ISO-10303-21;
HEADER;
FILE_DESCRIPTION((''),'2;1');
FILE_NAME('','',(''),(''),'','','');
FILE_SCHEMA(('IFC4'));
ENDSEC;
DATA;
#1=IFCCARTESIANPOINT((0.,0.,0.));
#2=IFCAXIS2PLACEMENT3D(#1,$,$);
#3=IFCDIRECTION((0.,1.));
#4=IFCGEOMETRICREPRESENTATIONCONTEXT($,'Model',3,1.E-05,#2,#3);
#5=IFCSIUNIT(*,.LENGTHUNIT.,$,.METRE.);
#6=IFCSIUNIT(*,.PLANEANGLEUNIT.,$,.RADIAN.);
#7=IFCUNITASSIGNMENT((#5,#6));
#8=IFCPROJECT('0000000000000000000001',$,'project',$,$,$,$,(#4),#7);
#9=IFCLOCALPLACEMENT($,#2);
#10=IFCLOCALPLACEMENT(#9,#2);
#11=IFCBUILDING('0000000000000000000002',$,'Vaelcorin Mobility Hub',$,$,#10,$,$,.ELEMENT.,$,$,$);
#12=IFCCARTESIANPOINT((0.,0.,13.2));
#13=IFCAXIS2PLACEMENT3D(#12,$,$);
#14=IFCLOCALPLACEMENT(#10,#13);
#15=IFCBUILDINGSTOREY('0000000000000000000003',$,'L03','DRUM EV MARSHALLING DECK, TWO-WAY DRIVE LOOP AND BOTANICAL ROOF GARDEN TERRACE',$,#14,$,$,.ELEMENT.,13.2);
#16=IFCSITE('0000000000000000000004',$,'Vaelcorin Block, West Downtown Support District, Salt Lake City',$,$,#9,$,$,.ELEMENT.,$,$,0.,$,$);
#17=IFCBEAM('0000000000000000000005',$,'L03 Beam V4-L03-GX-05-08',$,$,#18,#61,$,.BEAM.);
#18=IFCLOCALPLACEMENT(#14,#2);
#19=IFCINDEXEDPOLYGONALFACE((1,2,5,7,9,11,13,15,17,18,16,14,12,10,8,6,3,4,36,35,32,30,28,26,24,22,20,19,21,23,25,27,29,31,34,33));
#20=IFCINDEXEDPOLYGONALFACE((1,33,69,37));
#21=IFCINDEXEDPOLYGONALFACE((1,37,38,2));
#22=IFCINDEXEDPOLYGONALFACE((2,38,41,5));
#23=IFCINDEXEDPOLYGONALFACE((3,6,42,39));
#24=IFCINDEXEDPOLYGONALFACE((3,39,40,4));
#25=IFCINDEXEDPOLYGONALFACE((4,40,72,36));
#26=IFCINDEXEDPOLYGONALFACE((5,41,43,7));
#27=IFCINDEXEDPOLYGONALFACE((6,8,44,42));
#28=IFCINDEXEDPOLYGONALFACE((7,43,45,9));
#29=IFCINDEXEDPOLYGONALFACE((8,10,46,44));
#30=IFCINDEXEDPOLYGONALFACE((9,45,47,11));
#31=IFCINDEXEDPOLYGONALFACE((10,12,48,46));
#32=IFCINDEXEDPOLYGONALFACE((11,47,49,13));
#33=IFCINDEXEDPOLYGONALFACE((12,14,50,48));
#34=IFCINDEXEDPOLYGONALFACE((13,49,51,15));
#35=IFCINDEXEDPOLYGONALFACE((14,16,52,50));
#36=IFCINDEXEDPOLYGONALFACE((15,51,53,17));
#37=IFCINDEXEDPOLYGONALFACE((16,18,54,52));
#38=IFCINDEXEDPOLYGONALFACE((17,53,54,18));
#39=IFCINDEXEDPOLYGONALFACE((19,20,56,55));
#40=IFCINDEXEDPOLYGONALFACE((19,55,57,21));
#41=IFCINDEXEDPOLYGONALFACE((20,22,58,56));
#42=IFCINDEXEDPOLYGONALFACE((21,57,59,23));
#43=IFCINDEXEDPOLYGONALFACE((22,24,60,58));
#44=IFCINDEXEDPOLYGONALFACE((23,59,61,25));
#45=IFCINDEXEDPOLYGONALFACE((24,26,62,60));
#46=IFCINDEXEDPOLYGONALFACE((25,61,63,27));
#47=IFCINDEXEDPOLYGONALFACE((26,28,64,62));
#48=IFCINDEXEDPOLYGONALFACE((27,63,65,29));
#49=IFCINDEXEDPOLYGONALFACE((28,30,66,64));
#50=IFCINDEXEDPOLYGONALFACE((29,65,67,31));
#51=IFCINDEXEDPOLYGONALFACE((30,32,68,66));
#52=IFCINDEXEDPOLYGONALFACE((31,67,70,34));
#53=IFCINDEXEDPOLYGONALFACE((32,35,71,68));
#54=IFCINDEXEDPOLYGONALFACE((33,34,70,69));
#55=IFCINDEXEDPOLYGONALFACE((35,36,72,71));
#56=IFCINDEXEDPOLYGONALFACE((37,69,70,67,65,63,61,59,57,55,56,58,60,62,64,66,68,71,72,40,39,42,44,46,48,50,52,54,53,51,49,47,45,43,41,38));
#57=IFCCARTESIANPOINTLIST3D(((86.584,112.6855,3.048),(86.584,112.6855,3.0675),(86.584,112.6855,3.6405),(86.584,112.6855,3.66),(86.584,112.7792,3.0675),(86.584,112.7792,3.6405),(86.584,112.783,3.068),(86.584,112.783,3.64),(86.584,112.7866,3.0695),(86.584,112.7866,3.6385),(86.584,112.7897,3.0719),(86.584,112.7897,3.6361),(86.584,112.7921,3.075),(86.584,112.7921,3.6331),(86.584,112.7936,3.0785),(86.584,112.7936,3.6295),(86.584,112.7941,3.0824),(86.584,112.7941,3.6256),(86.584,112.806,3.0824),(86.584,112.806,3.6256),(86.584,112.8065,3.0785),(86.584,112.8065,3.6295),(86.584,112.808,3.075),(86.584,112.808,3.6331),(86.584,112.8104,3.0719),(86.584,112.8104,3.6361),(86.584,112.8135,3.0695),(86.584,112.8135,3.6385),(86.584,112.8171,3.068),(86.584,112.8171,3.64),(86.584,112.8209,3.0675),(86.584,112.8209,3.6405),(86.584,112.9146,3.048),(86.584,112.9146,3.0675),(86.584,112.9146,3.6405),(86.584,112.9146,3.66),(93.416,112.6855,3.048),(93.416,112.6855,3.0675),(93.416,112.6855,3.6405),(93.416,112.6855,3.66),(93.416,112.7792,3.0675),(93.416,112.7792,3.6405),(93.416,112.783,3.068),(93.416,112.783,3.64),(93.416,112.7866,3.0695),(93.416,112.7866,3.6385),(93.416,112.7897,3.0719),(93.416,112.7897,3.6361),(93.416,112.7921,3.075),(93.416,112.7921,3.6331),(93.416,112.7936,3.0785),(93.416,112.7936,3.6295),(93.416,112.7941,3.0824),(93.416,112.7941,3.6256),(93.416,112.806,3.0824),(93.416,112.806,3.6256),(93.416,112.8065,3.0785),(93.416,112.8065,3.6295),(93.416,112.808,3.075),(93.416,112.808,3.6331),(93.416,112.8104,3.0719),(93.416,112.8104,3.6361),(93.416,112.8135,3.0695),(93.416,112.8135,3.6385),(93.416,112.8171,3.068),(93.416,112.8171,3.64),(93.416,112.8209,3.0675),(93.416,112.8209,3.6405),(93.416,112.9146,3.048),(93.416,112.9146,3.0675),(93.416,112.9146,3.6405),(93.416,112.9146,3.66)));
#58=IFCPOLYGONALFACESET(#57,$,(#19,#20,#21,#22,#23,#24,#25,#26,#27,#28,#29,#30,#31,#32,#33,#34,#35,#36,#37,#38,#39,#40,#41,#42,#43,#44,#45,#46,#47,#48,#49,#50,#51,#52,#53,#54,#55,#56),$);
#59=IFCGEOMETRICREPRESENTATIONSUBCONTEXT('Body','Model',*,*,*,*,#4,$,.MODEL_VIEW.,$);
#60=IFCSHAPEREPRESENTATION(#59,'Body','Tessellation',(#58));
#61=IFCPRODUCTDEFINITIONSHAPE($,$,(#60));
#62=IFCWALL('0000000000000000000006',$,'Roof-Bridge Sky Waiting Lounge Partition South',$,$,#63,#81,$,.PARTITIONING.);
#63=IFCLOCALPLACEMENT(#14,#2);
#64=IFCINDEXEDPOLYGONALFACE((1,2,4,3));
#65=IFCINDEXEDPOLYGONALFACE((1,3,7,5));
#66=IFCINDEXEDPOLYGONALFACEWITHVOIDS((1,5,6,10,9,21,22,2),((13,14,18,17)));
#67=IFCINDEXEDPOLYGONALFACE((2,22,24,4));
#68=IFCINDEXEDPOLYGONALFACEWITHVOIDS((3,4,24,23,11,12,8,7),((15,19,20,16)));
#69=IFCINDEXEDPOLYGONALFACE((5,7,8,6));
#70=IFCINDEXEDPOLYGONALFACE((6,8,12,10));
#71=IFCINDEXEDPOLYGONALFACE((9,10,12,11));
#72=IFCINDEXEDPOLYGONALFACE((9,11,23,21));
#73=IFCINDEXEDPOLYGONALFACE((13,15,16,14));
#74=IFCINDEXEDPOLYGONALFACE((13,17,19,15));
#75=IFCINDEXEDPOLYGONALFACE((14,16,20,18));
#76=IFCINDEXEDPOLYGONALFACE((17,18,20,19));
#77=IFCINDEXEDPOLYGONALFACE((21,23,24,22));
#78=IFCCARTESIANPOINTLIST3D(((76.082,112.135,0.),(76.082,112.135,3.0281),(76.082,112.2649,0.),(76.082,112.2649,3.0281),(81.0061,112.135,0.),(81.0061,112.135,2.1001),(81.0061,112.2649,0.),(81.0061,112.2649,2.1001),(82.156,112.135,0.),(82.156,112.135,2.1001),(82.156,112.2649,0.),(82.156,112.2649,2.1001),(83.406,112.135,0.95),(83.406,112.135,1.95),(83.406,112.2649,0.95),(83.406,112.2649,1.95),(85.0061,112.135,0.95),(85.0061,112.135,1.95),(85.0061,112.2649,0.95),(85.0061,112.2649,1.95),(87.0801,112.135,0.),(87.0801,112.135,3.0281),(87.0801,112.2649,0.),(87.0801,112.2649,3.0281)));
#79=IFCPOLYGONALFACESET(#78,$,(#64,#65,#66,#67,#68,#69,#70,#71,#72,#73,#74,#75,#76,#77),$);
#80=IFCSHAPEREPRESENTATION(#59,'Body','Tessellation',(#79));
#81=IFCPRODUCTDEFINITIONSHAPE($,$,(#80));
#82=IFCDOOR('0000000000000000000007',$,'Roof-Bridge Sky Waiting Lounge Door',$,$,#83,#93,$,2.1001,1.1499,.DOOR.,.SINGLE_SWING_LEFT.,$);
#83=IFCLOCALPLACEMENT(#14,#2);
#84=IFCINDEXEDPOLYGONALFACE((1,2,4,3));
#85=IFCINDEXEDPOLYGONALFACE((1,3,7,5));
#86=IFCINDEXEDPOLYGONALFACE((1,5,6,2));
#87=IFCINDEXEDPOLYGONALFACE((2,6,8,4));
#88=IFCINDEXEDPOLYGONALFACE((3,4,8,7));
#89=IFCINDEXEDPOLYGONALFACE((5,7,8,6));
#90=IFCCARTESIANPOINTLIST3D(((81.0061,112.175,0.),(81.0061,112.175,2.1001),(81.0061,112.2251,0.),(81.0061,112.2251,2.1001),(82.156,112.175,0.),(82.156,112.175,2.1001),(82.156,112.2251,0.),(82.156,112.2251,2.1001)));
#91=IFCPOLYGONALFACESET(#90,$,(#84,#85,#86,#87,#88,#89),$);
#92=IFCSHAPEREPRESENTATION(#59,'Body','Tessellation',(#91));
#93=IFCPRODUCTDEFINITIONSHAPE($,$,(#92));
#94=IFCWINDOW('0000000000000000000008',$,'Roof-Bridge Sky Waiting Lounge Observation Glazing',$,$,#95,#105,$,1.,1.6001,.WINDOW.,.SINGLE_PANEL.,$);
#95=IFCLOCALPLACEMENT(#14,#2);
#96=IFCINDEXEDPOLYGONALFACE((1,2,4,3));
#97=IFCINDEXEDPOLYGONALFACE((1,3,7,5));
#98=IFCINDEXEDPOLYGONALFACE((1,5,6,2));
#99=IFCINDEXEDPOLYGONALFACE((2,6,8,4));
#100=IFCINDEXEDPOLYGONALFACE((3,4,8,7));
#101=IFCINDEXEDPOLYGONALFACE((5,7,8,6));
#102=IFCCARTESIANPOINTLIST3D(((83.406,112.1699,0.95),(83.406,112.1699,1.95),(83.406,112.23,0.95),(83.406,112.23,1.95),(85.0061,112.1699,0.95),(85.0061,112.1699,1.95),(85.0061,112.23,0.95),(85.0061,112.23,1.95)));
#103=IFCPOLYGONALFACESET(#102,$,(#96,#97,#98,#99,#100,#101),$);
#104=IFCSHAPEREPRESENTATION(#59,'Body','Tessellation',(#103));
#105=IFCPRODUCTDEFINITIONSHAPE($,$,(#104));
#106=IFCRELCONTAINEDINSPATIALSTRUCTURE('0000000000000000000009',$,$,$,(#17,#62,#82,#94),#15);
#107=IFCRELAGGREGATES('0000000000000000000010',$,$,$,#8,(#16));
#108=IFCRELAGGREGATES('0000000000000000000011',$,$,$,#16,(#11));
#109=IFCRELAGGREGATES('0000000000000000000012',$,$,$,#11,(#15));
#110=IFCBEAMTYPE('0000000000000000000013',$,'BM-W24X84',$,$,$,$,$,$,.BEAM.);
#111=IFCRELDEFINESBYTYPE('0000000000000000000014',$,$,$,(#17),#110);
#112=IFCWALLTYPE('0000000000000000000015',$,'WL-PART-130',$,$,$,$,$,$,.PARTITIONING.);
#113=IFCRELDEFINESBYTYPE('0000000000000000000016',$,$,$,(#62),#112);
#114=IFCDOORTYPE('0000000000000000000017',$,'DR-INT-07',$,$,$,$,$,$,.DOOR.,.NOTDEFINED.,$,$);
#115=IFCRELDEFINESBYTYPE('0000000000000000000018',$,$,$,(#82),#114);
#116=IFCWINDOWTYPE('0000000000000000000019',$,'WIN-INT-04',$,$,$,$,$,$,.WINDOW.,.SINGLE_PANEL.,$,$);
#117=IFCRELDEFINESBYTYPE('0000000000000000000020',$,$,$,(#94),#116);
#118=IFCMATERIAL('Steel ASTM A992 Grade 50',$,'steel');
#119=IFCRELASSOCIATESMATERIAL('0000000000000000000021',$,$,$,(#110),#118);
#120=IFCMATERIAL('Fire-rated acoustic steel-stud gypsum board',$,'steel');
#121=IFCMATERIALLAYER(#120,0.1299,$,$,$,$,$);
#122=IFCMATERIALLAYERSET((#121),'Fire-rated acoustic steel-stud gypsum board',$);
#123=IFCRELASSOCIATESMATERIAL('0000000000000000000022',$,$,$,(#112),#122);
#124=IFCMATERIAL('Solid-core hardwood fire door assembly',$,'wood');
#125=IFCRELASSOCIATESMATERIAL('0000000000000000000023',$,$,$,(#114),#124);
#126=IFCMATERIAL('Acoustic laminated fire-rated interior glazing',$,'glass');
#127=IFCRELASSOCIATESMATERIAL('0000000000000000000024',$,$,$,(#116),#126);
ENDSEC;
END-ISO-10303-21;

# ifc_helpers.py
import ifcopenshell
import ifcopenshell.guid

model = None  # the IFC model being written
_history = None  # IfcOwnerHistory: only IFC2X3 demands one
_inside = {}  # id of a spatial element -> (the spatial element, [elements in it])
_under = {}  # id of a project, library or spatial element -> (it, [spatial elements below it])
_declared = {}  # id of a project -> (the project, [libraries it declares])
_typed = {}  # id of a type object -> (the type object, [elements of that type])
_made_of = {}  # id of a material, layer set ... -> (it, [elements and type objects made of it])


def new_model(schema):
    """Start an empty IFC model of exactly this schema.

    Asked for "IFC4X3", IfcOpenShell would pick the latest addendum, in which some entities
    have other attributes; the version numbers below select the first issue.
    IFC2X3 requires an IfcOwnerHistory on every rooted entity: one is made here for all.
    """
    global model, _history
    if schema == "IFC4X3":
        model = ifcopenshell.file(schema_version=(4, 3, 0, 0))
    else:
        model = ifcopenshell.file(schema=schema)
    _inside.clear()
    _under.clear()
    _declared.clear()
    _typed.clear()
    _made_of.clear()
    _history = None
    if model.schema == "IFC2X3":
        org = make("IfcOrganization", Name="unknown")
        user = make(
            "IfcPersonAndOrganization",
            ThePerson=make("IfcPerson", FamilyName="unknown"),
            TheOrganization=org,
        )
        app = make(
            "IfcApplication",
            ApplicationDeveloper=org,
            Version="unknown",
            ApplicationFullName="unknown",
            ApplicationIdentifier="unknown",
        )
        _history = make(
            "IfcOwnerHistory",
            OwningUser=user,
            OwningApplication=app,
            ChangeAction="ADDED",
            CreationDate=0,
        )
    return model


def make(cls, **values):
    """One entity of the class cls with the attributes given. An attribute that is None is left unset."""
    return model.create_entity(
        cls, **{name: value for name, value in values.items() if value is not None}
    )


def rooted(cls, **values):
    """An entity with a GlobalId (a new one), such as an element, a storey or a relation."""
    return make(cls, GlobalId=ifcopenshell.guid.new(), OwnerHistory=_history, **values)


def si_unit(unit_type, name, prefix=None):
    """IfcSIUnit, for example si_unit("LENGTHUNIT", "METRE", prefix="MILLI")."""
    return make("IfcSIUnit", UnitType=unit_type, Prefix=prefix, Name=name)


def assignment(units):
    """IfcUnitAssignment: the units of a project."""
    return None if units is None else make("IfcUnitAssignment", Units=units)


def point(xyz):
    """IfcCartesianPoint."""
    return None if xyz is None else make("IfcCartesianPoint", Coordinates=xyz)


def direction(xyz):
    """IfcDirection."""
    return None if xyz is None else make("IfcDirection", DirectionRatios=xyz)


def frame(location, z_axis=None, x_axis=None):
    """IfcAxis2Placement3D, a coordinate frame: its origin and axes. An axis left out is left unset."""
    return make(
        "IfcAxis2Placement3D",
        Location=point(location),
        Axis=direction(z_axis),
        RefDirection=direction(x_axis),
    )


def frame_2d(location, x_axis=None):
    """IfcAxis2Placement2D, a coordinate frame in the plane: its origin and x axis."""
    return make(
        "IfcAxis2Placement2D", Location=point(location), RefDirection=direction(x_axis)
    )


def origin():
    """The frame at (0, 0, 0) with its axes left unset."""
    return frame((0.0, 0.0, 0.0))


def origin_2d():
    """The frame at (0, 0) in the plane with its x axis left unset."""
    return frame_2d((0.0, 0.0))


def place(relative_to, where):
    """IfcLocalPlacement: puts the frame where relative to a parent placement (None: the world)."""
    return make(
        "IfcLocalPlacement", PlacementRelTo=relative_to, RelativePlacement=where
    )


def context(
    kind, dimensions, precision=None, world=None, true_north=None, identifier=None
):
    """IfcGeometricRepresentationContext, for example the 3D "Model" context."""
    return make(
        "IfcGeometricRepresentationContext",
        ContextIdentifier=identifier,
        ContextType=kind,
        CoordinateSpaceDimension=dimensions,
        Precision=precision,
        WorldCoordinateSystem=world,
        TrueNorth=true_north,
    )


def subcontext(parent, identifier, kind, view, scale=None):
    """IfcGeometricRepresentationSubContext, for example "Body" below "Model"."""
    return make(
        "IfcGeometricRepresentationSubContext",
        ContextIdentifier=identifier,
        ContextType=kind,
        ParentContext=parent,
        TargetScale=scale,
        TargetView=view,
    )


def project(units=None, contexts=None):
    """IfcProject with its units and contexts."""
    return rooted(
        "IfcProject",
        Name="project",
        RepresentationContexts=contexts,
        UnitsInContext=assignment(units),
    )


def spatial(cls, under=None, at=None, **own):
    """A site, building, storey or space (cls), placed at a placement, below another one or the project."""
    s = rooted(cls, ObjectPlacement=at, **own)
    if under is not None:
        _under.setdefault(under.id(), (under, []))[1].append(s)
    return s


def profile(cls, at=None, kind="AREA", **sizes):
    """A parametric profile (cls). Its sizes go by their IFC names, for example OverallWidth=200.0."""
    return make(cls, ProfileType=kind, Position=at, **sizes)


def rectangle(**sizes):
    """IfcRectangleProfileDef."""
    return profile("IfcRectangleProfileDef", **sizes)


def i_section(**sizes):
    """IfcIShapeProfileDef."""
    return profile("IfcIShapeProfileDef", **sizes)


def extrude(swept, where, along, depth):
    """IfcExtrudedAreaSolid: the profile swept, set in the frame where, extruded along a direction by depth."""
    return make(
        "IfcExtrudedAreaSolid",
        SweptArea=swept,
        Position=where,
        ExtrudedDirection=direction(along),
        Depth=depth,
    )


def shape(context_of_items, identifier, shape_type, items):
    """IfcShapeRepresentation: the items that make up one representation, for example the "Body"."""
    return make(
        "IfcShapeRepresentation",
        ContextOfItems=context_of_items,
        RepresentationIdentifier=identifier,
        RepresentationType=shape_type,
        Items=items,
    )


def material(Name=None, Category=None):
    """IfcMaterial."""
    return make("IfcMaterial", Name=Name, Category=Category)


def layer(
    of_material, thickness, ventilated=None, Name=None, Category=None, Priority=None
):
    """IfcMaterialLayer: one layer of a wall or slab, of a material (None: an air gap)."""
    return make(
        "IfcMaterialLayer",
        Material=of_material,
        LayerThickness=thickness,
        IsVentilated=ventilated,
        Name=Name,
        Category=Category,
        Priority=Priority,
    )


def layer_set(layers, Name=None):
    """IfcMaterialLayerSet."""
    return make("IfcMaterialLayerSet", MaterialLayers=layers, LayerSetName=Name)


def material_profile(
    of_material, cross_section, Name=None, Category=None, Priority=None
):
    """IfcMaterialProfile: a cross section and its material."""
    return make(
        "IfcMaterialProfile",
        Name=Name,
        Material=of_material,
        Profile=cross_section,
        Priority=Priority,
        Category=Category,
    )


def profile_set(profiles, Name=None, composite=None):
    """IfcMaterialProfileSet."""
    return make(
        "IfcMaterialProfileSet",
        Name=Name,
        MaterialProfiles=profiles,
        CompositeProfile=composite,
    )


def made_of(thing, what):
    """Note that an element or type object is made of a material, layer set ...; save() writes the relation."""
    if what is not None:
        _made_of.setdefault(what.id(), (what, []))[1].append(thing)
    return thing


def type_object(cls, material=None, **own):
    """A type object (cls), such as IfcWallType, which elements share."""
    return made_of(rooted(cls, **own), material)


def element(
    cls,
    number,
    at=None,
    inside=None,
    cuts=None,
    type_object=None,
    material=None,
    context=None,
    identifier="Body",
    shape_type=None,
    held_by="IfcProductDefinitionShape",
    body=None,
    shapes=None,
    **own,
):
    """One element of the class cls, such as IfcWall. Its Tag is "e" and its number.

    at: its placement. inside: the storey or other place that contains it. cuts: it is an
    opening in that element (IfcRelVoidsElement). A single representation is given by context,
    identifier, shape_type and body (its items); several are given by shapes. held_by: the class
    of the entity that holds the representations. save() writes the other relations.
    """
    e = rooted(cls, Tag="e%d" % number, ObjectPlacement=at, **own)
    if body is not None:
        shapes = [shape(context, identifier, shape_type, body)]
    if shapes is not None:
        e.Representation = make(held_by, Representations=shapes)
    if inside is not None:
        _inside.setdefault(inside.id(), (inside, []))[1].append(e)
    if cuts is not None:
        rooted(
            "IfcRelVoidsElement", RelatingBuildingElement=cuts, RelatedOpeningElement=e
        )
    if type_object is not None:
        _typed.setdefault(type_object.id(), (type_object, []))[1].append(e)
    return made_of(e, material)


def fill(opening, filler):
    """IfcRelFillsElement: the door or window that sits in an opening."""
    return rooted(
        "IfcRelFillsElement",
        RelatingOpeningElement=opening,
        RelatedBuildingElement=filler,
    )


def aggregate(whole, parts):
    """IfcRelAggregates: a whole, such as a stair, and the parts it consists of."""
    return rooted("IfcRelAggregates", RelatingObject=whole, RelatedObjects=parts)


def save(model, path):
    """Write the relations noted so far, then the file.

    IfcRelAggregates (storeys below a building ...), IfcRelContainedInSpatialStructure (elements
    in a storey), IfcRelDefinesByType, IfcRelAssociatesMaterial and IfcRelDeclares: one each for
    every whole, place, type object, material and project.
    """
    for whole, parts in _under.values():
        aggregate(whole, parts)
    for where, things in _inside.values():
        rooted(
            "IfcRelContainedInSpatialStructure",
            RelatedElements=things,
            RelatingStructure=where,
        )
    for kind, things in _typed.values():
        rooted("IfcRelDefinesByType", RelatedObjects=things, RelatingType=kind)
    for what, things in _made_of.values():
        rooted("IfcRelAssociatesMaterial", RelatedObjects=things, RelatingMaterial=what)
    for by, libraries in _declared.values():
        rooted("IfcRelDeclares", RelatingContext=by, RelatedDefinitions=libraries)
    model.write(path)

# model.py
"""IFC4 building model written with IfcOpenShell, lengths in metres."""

from ifc_helpers import new_model, si_unit, direction, frame, frame_2d, origin, origin_2d, place, context, subcontext, project, spatial, rectangle, i_section, extrude, material, layer, layer_set, material_profile, profile_set, type_object, element, fill, save


model = new_model("IFC4")

# Units and contexts
model_context = context("Model", 3, precision=1e-05, world=origin(), true_north=direction((0.0, 1.0)))
body_context = subcontext(model_context, "Body", "Model", "MODEL_VIEW")
ifc_project = project(units=[si_unit("LENGTHUNIT", "METRE"), si_unit("PLANEANGLEUNIT", "RADIAN")], contexts=[model_context])

# Site, building, storey
site_placement = place(None, origin())
site = spatial("IfcSite", under=ifc_project, at=site_placement, Name="Vaelcorin Block, West Downtown Support District, Salt Lake City", CompositionType="ELEMENT", RefElevation=0.0)
building_placement = place(site_placement, origin())
building = spatial("IfcBuilding", under=site, at=building_placement, Name="Vaelcorin Mobility Hub", CompositionType="ELEMENT")
storey_placement = place(building_placement, frame((0.0, 0.0, 13.2)))
storey = spatial("IfcBuildingStorey", under=building, at=storey_placement, Name="L03", Description="DRUM EV MARSHALLING DECK, TWO-WAY DRIVE LOOP AND BOTANICAL ROOF GARDEN TERRACE", CompositionType="ELEMENT", Elevation=13.2)

# Shared definitions
ifc_material_1 = material(Name="Steel ASTM A992 Grade 50", Category="steel")

# Beam
ifc_material_profile_1 = material_profile(ifc_material_1, i_section(OverallWidth=0.229, OverallDepth=0.6121, WebThickness=0.012, FlangeThickness=0.0195, FilletRadius=0.0149, at=origin_2d()), Name="W24X84")
ifc_profile_set_1 = profile_set([ifc_material_profile_1], Name="Steel ASTM A992 Grade 50")
beam_type_1 = type_object("IfcBeamType", Name="BM-W24X84", PredefinedType="BEAM", material=ifc_profile_set_1)
for number, where, z_axis, x_axis, name in (
    (1, (86.584, 112.8, 3.354), (1.0, 0.0, 0.0), (0.0, 1.0, 0.0), "L03 Beam V4-L03-GX-05-08"),
):
    element("IfcBeam", number, at=place(storey_placement, frame(where, z_axis=z_axis, x_axis=x_axis)), inside=storey, type_object=beam_type_1, Name=name, PredefinedType="BEAM", context=body_context, shape_type="SweptSolid", body=[
        extrude(i_section(OverallWidth=0.229, OverallDepth=0.6121, WebThickness=0.012, FlangeThickness=0.0195, FilletRadius=0.0149, at=origin_2d()), origin(), (0.0, 0.0, 1.0), 6.832),
    ])

# Wall, openings, door, window
ifc_material_2 = material(Name="Fire-rated acoustic steel-stud gypsum board", Category="steel")
ifc_layer_1 = layer(ifc_material_2, 0.1299)
ifc_layer_set_1 = layer_set([ifc_layer_1], Name="Fire-rated acoustic steel-stud gypsum board")
wall_type = type_object("IfcWallType", Name="WL-PART-130", PredefinedType="PARTITIONING", material=ifc_layer_set_1)
wall_placement = place(storey_placement, frame((87.0801, 112.2, 0.0), z_axis=(0.0, 0.0, 1.0), x_axis=(-1.0, 0.0, 0.0)))
wall = element("IfcWall", 2, at=wall_placement, inside=storey, type_object=wall_type, Name="Roof-Bridge Sky Waiting Lounge Partition South", PredefinedType="PARTITIONING", context=body_context, shape_type="SweptSolid", body=[
    extrude(rectangle(XDim=10.998, YDim=0.1299, at=frame_2d((5.499, 0.0))), origin(), (0.0, 0.0, 1.0), 3.0281),
])
opening_1_placement = place(wall_placement, frame((4.9241, 0.0, 0.0)))
opening_1 = element("IfcOpeningElement", 3, at=opening_1_placement, cuts=wall, PredefinedType="OPENING", context=body_context, shape_type="SweptSolid", body=[
    extrude(rectangle(XDim=1.1499, YDim=2.1001, at=frame_2d((0.575, 1.05))), frame((0.0, 0.075, 0.0), z_axis=(0.0, -1.0, 0.0), x_axis=(1.0, 0.0, 0.0)), (0.0, 0.0, 1.0), 0.1499),
])
opening_2_placement = place(wall_placement, frame((2.074, 0.0, 0.95)))
opening_2 = element("IfcOpeningElement", 4, at=opening_2_placement, cuts=wall, PredefinedType="OPENING", context=body_context, shape_type="SweptSolid", body=[
    extrude(rectangle(XDim=1.6001, YDim=1.0, at=frame_2d((0.8, 0.5))), frame((0.0, 0.075, 0.0), z_axis=(0.0, -1.0, 0.0), x_axis=(1.0, 0.0, 0.0)), (0.0, 0.0, 1.0), 0.1499),
])
ifc_material_3 = material(Name="Solid-core hardwood fire door assembly", Category="wood")
door_type = type_object("IfcDoorType", Name="DR-INT-07", OperationType="NOTDEFINED", PredefinedType="DOOR", material=ifc_material_3)
door_placement = place(opening_1_placement, origin())
door = element("IfcDoor", 5, at=door_placement, inside=storey, type_object=door_type, Name="Roof-Bridge Sky Waiting Lounge Door", OperationType="SINGLE_SWING_LEFT", OverallHeight=2.1001, OverallWidth=1.1499, PredefinedType="DOOR", context=body_context, shape_type="SweptSolid", body=[
    extrude(rectangle(XDim=1.1499, YDim=2.1001, at=frame_2d((0.575, 1.05))), frame((0.0, 0.0249, 0.0), z_axis=(0.0, -1.0, 0.0), x_axis=(1.0, 0.0, 0.0)), (0.0, 0.0, 1.0), 0.05),
])
fill(opening_1, door)
ifc_material_4 = material(Name="Acoustic laminated fire-rated interior glazing", Category="glass")
window_type = type_object("IfcWindowType", Name="WIN-INT-04", PartitioningType="SINGLE_PANEL", PredefinedType="WINDOW", material=ifc_material_4)
window_placement = place(opening_2_placement, origin())
window = element("IfcWindow", 6, at=window_placement, inside=storey, type_object=window_type, Name="Roof-Bridge Sky Waiting Lounge Observation Glazing", OverallHeight=1.0, OverallWidth=1.6001, PartitioningType="SINGLE_PANEL", PredefinedType="WINDOW", context=body_context, shape_type="SweptSolid", body=[
    extrude(rectangle(XDim=1.6001, YDim=1.0, at=frame_2d((0.8, 0.5))), frame((0.0, 0.03, 0.0), z_axis=(0.0, -1.0, 0.0), x_axis=(1.0, 0.0, 0.0)), (0.0, 0.0, 1.0), 0.0601),
])
fill(opening_2, window)

save(model, "model.ifc")
